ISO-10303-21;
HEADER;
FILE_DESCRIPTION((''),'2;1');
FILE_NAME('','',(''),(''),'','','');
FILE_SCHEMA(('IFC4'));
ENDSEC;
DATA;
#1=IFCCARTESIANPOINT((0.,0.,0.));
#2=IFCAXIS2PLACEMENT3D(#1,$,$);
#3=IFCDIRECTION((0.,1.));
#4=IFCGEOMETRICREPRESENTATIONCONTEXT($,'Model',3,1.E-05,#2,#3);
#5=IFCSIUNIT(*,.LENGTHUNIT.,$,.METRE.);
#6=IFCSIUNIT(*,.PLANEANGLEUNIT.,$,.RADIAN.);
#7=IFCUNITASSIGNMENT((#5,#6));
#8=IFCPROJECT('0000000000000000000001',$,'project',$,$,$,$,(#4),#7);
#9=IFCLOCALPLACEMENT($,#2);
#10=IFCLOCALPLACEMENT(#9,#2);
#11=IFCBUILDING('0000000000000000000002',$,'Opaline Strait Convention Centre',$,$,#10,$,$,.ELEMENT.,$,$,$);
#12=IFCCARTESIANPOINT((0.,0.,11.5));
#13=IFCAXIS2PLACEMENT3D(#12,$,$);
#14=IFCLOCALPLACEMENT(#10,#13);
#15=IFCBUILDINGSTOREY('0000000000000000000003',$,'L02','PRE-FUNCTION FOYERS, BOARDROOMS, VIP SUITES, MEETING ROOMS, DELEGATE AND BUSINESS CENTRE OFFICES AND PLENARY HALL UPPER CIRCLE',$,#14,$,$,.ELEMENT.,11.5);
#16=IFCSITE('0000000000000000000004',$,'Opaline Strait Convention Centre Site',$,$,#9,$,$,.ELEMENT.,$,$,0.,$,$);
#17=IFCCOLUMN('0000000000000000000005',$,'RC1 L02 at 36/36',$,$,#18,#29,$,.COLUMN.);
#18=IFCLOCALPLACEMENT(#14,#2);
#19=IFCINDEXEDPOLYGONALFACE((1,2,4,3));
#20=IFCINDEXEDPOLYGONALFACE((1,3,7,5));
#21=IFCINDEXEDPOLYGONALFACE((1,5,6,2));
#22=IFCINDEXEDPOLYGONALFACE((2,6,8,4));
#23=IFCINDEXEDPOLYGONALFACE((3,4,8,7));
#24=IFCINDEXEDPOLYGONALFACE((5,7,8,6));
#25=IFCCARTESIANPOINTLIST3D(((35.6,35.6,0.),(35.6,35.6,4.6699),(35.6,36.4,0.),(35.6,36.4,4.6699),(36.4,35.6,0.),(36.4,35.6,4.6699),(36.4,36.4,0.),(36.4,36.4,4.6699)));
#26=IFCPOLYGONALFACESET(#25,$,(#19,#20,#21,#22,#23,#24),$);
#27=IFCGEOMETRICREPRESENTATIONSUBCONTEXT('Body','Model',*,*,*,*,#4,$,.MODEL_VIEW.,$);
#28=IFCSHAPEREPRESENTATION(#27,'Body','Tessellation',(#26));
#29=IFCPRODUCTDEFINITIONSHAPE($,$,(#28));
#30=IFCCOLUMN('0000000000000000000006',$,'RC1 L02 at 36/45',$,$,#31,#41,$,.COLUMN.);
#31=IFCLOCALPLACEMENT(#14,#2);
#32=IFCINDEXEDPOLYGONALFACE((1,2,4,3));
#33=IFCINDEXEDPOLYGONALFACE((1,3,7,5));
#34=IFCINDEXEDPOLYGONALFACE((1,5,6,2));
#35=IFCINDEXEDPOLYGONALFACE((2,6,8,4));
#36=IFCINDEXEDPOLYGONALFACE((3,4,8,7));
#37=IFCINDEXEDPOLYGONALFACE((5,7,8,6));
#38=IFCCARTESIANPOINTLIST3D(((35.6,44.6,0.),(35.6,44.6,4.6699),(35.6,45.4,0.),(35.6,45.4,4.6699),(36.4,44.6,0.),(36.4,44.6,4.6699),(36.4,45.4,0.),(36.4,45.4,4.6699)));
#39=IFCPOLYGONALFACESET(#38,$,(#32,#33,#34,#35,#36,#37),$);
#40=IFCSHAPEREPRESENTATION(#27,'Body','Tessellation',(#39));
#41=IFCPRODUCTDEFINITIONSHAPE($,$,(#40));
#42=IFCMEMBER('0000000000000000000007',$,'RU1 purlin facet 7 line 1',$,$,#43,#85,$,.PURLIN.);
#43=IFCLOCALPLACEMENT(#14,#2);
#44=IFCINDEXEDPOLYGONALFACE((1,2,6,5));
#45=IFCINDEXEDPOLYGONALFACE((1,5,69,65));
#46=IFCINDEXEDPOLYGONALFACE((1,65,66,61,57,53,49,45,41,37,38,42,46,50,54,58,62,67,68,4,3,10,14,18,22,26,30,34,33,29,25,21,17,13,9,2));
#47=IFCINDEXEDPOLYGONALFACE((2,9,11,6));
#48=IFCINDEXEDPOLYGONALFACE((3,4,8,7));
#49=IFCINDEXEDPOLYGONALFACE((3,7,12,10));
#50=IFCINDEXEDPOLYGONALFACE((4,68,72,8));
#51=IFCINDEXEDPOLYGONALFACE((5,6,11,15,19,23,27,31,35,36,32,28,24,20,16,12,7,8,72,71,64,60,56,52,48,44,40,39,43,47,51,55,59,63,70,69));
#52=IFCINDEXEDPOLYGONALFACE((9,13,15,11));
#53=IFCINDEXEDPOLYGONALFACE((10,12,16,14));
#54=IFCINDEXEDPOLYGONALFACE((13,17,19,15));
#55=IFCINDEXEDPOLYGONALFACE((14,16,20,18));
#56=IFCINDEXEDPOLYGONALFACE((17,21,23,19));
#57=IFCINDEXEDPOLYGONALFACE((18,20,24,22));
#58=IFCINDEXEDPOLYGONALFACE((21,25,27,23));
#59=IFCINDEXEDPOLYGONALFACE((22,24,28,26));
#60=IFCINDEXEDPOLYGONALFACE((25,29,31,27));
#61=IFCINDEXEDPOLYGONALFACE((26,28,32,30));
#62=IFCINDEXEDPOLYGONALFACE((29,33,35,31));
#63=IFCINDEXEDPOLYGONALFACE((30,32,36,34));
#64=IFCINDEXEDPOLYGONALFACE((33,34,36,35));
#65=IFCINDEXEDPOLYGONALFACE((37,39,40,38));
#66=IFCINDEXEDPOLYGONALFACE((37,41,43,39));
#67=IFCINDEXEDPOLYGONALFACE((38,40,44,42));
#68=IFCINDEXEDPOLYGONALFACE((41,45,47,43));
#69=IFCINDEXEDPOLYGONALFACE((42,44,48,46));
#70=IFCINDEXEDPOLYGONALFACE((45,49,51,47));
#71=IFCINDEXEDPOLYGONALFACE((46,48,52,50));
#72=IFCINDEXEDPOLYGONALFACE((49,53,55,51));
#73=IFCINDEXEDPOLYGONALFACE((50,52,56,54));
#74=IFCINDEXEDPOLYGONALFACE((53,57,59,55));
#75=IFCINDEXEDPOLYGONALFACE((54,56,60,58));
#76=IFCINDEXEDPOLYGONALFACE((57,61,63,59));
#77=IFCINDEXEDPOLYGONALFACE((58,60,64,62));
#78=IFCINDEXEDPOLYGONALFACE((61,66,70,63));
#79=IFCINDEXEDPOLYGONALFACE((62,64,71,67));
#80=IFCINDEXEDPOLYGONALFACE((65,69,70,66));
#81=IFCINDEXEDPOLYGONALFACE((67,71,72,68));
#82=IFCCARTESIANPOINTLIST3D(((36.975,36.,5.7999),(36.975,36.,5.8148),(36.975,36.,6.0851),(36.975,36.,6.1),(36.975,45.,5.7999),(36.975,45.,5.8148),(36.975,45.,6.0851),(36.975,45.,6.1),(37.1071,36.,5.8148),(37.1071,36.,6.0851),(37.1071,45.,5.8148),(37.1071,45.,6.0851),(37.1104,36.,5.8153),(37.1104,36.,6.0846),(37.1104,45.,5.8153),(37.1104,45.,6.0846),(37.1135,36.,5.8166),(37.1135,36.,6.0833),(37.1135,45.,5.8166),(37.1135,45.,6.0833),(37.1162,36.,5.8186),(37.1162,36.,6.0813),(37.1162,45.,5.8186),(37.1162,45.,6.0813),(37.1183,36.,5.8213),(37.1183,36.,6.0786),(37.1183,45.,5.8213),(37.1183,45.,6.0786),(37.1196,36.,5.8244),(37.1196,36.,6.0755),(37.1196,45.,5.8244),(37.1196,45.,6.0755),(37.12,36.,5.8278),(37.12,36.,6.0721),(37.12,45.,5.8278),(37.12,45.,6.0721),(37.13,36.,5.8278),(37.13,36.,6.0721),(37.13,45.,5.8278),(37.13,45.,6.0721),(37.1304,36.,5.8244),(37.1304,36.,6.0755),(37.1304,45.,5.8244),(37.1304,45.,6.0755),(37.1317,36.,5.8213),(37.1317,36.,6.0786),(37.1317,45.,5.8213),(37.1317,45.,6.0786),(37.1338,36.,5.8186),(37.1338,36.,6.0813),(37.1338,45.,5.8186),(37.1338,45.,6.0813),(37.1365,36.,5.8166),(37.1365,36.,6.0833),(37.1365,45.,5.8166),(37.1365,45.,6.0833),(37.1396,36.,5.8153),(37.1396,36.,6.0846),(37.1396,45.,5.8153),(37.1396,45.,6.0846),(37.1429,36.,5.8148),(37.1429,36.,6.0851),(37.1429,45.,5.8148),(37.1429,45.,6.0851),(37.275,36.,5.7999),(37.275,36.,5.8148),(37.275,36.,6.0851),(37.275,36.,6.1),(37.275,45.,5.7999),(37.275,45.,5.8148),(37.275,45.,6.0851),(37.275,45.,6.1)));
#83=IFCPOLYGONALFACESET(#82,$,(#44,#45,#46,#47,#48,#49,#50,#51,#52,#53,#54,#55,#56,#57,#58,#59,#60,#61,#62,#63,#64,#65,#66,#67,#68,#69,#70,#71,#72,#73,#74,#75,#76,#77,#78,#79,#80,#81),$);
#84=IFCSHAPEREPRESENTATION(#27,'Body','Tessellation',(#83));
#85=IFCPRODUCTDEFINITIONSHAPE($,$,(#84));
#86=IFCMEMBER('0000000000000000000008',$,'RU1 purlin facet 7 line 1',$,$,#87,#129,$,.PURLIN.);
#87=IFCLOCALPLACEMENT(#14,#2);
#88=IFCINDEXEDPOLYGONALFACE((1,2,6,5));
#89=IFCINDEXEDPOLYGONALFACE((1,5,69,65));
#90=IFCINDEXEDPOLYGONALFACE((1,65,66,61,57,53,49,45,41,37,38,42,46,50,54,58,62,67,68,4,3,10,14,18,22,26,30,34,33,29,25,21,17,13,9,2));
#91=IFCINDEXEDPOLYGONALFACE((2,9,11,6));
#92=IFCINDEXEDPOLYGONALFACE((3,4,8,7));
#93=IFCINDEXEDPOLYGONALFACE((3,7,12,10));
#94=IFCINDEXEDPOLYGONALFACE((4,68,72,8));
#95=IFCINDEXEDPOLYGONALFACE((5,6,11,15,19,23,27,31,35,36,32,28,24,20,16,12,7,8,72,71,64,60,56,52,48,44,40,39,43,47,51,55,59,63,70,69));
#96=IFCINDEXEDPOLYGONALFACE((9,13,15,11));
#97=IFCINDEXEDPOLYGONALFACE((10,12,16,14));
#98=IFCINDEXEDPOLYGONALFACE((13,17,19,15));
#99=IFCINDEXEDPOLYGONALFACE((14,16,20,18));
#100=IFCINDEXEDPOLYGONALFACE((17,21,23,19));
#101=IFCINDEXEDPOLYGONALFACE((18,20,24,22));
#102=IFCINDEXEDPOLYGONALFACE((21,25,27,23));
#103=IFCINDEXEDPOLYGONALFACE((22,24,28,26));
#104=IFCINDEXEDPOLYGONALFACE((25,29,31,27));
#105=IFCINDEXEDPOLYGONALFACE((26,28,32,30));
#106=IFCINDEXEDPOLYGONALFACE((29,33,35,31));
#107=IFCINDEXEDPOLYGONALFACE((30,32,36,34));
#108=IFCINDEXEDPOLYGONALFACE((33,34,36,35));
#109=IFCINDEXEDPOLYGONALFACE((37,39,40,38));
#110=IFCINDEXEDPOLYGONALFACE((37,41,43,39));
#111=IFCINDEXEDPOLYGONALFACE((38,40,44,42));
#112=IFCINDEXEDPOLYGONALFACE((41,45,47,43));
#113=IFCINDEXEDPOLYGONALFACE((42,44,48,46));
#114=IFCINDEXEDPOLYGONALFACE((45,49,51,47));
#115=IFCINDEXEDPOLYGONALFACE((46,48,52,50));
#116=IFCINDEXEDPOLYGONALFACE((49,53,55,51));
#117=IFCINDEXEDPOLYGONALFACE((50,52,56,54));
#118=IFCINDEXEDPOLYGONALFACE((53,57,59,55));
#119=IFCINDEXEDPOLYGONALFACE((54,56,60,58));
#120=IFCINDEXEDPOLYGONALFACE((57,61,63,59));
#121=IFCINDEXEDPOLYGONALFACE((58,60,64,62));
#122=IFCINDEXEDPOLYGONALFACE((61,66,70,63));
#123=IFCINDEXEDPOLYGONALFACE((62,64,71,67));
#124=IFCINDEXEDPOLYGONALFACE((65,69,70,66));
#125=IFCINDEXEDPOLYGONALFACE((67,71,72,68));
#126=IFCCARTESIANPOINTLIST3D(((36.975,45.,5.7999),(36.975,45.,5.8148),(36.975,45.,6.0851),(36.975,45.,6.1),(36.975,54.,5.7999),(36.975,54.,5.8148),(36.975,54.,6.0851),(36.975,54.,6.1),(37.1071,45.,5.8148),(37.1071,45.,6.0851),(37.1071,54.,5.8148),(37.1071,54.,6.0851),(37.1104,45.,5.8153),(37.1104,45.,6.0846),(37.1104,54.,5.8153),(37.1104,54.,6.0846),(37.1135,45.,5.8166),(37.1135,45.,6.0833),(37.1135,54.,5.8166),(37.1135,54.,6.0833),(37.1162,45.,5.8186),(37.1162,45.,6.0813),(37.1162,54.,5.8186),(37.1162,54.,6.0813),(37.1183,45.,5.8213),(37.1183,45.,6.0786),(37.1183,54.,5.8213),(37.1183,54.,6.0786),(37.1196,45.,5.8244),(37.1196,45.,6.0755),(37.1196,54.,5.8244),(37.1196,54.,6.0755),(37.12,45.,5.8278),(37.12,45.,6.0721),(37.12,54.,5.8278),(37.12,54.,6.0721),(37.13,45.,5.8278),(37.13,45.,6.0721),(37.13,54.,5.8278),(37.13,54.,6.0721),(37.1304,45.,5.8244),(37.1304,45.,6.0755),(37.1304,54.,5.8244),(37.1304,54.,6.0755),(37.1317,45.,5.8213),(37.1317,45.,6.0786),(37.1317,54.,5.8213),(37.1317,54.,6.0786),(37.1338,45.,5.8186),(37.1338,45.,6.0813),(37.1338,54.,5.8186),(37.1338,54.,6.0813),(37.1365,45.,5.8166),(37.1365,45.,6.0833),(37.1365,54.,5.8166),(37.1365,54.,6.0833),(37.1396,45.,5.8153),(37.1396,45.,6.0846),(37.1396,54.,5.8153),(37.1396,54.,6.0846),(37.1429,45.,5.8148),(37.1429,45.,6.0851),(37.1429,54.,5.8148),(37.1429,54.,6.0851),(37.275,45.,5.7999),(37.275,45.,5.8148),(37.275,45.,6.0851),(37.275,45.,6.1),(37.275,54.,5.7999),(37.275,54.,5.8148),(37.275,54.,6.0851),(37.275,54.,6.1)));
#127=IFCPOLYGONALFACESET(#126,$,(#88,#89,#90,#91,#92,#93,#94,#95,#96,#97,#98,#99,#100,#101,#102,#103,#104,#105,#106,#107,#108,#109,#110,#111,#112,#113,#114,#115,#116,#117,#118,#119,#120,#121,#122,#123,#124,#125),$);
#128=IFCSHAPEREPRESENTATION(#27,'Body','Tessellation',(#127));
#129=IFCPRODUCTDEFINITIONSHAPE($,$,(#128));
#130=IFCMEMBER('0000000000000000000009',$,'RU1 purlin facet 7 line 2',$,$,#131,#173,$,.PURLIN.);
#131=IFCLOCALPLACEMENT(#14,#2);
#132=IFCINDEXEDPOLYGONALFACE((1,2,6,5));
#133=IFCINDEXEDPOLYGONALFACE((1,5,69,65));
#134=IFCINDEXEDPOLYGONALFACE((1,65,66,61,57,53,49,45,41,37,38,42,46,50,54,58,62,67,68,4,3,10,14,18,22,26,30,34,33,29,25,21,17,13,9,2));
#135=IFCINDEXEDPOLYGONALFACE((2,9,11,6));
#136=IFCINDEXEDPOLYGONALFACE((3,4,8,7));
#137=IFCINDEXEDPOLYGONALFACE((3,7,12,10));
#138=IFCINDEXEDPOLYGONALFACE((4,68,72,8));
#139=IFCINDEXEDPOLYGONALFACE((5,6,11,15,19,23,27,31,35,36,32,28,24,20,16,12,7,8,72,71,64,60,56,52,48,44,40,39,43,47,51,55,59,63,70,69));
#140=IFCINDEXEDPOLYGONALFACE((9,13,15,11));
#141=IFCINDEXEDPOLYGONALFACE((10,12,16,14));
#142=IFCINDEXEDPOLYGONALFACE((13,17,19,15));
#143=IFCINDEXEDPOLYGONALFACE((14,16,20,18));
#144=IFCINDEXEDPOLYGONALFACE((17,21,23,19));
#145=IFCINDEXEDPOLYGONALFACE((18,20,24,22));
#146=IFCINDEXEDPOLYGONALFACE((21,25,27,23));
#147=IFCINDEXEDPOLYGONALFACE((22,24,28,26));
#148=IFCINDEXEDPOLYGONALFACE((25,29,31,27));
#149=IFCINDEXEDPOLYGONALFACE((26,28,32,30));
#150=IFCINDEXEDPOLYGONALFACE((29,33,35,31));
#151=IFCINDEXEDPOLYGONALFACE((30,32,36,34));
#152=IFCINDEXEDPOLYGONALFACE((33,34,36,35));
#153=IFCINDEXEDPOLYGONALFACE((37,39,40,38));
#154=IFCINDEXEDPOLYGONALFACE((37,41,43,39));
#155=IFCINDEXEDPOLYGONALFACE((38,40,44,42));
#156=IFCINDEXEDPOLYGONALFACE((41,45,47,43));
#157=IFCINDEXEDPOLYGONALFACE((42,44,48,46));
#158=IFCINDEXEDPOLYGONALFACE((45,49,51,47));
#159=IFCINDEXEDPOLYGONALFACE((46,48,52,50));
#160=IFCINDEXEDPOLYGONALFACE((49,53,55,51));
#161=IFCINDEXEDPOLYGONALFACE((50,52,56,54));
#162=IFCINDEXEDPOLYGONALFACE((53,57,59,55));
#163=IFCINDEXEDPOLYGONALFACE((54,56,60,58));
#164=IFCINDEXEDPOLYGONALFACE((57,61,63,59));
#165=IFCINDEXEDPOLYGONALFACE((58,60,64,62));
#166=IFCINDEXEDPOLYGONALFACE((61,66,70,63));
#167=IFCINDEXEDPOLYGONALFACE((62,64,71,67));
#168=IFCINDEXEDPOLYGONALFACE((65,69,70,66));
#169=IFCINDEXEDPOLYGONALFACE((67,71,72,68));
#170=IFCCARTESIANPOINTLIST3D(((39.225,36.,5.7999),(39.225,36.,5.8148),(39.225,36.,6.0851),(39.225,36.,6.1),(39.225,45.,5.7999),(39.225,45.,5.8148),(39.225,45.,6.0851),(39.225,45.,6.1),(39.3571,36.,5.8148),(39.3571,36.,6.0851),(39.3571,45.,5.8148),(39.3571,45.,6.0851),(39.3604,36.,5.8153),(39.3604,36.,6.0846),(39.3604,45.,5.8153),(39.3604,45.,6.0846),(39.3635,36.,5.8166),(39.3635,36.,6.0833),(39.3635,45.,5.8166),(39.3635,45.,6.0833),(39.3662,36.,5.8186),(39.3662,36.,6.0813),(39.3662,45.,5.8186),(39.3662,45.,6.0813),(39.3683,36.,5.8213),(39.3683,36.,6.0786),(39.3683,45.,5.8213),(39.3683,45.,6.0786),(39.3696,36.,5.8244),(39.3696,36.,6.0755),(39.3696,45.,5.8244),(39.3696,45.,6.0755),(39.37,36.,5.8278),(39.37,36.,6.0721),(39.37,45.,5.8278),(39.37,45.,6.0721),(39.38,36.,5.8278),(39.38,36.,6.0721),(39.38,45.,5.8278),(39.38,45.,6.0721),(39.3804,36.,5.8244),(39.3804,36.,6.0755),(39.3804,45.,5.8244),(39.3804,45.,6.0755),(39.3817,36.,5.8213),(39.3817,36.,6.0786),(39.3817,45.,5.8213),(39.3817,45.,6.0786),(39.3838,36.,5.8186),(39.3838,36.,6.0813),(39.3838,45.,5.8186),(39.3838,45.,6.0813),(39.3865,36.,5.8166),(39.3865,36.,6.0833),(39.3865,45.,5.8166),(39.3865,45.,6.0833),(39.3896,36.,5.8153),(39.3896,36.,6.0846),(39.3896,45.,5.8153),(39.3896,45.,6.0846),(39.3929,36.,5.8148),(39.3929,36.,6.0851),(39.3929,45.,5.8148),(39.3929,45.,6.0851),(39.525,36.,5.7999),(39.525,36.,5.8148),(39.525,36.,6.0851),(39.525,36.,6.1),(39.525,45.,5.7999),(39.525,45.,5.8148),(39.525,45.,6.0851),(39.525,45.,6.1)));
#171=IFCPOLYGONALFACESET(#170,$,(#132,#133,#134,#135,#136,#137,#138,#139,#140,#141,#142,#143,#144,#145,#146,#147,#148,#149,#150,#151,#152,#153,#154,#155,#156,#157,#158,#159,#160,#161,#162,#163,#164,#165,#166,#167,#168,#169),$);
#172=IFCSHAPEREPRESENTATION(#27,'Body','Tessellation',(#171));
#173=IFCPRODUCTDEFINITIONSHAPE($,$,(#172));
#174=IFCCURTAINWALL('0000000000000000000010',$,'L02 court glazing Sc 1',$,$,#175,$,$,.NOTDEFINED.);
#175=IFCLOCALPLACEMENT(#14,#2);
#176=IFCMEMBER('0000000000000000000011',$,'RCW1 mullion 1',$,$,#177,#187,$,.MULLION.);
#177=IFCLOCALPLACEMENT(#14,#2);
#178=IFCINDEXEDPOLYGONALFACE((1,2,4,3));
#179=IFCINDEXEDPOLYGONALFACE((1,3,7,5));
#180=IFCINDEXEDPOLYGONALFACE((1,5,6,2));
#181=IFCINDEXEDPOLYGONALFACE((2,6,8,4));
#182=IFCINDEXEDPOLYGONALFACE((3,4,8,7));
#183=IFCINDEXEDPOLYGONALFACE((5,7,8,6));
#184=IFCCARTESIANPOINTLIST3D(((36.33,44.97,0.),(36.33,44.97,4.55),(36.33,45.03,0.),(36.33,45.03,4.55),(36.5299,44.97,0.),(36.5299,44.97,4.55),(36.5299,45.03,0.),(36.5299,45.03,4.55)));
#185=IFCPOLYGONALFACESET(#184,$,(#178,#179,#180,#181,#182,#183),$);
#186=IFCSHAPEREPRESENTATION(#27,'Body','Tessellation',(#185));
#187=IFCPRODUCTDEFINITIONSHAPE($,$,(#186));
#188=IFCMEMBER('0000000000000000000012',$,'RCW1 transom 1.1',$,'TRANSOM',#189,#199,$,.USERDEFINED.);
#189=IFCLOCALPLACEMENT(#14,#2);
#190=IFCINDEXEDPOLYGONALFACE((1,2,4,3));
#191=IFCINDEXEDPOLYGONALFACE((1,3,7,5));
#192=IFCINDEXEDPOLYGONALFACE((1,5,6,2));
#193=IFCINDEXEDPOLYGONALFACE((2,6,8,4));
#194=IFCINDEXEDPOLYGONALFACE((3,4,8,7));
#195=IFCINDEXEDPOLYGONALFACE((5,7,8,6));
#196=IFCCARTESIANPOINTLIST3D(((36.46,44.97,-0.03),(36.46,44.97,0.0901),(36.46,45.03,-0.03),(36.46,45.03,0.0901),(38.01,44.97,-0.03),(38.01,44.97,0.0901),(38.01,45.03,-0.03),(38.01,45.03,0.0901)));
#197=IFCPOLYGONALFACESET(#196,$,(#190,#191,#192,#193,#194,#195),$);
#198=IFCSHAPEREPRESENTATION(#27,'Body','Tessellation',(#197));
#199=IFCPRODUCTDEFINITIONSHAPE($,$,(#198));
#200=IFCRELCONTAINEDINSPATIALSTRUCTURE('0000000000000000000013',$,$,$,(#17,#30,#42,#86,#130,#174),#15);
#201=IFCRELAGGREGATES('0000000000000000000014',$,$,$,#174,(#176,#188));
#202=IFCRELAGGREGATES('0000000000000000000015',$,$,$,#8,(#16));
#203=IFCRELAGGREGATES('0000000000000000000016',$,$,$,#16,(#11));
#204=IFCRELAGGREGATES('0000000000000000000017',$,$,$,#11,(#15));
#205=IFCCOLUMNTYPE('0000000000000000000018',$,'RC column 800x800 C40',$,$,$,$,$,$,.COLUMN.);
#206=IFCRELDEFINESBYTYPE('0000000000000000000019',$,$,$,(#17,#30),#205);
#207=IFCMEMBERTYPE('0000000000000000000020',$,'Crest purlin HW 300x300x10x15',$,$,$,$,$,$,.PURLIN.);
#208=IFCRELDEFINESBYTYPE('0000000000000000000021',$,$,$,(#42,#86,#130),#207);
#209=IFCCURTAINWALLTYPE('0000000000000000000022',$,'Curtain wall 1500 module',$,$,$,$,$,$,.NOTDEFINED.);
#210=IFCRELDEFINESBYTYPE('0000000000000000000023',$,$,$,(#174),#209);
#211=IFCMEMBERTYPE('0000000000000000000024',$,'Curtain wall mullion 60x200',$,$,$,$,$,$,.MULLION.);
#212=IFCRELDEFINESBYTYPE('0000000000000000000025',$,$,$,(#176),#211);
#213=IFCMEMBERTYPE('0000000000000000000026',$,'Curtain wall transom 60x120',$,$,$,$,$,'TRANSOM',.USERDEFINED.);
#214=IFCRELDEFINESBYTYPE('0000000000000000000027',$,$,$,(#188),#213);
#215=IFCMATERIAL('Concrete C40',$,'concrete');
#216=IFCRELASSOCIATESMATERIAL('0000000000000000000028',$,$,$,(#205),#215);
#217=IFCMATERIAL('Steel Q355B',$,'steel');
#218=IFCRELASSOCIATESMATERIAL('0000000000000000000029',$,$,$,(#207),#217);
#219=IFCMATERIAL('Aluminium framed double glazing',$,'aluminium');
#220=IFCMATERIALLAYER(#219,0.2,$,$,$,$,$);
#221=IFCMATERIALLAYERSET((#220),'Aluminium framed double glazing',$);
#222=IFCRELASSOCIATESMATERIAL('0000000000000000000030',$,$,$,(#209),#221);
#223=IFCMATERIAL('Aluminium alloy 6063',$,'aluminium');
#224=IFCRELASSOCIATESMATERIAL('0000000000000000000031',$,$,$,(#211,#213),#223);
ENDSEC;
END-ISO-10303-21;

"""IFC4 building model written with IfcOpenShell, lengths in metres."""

from ifc_helpers import new_model, si_unit, direction, frame, origin, origin_2d, place, context, subcontext, project, spatial, rectangle, i_section, extrude, material, layer, layer_set, material_profile, profile_set, type_object, element, aggregate, save


model = new_model("IFC4")

# Units and contexts
model_context = context("Model", 3, precision=1e-05, world=origin(), true_north=direction((0.0, 1.0)))
body_context = subcontext(model_context, "Body", "Model", "MODEL_VIEW")
ifc_project = project(units=[si_unit("LENGTHUNIT", "METRE"), si_unit("PLANEANGLEUNIT", "RADIAN")], contexts=[model_context])

# Site, building, storey
site_placement = place(None, origin())
site = spatial("IfcSite", under=ifc_project, at=site_placement, Name="Opaline Strait Convention Centre Site", CompositionType="ELEMENT", RefElevation=0.0)
building_placement = place(site_placement, origin())
building = spatial("IfcBuilding", under=site, at=building_placement, Name="Opaline Strait Convention Centre", CompositionType="ELEMENT")
storey_placement = place(building_placement, frame((0.0, 0.0, 11.5)))
storey = spatial("IfcBuildingStorey", under=building, at=storey_placement, Name="L02", Description="PRE-FUNCTION FOYERS, BOARDROOMS, VIP SUITES, MEETING ROOMS, DELEGATE AND BUSINESS CENTRE OFFICES AND PLENARY HALL UPPER CIRCLE", CompositionType="ELEMENT", Elevation=11.5)

# Columns
ifc_material_1 = material(Name="Concrete C40", Category="concrete")
ifc_material_profile_1 = material_profile(ifc_material_1, rectangle(XDim=0.8, YDim=0.8, at=origin_2d()), Name="RC 800x800")
ifc_profile_set_1 = profile_set([ifc_material_profile_1], Name="Concrete C40")
column_type = type_object("IfcColumnType", Name="RC column 800x800 C40", PredefinedType="COLUMN", material=ifc_profile_set_1)
for number, where, z_axis, x_axis, name in (
    (1, (36.0, 36.0, 0.0), (0.0, 0.0, 1.0), (1.0, 0.0, 0.0), "RC1 L02 at 36/36"),
    (2, (36.0, 45.0, 0.0), (0.0, 0.0, 1.0), (1.0, 0.0, 0.0), "RC1 L02 at 36/45"),
):
    element("IfcColumn", number, at=place(storey_placement, frame(where, z_axis=z_axis, x_axis=x_axis)), inside=storey, type_object=column_type, Name=name, PredefinedType="COLUMN", context=body_context, shape_type="SweptSolid", body=[
        extrude(rectangle(XDim=0.8, YDim=0.8, at=origin_2d()), origin(), (0.0, 0.0, 1.0), 4.6699),
    ])

# Members
ifc_material_2 = material(Name="Steel Q355B", Category="steel")
ifc_material_profile_2 = material_profile(ifc_material_2, i_section(OverallWidth=0.3, OverallDepth=0.3, WebThickness=0.01, FlangeThickness=0.0149, FilletRadius=0.0129, at=origin_2d()), Name="HW 300x300x10x15")
ifc_profile_set_2 = profile_set([ifc_material_profile_2], Name="Steel Q355B")
member_type_1 = type_object("IfcMemberType", Name="Crest purlin HW 300x300x10x15", PredefinedType="PURLIN", material=ifc_profile_set_2)
for number, where, z_axis, x_axis, name in (
    (3, (37.125, 36.0, 5.95), (0.0, 1.0, 0.0), (-1.0, 0.0, 0.0), "RU1 purlin facet 7 line 1"),
    (4, (37.125, 45.0, 5.95), (0.0, 1.0, 0.0), (-1.0, 0.0, 0.0), "RU1 purlin facet 7 line 1"),
    (5, (39.375, 36.0, 5.95), (0.0, 1.0, 0.0), (-1.0, 0.0, 0.0), "RU1 purlin facet 7 line 2"),
):
    element("IfcMember", number, at=place(storey_placement, frame(where, z_axis=z_axis, x_axis=x_axis)), inside=storey, type_object=member_type_1, Name=name, PredefinedType="PURLIN", context=body_context, shape_type="SweptSolid", body=[
        extrude(i_section(OverallWidth=0.3, OverallDepth=0.3, WebThickness=0.01, FlangeThickness=0.0149, FilletRadius=0.0129, at=origin_2d()), origin(), (0.0, 0.0, 1.0), 9.0),
    ])

# Curtain wall, members
ifc_material_3 = material(Name="Aluminium framed double glazing", Category="aluminium")
ifc_layer_1 = layer(ifc_material_3, 0.2)
ifc_layer_set_1 = layer_set([ifc_layer_1], Name="Aluminium framed double glazing")
curtain_wall_type = type_object("IfcCurtainWallType", Name="Curtain wall 1500 module", PredefinedType="NOTDEFINED", material=ifc_layer_set_1)
curtain_wall_placement = place(storey_placement, origin())
curtain_wall = element("IfcCurtainWall", 6, at=curtain_wall_placement, inside=storey, type_object=curtain_wall_type, Name="L02 court glazing Sc 1", PredefinedType="NOTDEFINED")
ifc_material_4 = material(Name="Aluminium alloy 6063", Category="aluminium")
ifc_material_profile_3 = material_profile(ifc_material_4, rectangle(XDim=0.0601, YDim=0.2, at=origin_2d()), Name="Curtain wall mullion 60x200")
ifc_profile_set_3 = profile_set([ifc_material_profile_3], Name="Aluminium alloy 6063")
member_type_2 = type_object("IfcMemberType", Name="Curtain wall mullion 60x200", PredefinedType="MULLION", material=ifc_profile_set_3)
member_1_placement = place(storey_placement, frame((36.4299, 45.0, 0.0), z_axis=(0.0, 0.0, 1.0), x_axis=(0.0, 1.0, 0.0)))
member_1 = element("IfcMember", 7, at=member_1_placement, type_object=member_type_2, Name="RCW1 mullion 1", PredefinedType="MULLION", context=body_context, shape_type="SweptSolid", body=[
    extrude(rectangle(XDim=0.0601, YDim=0.2, at=origin_2d()), origin(), (0.0, 0.0, 1.0), 4.55),
])
ifc_material_profile_4 = material_profile(ifc_material_4, rectangle(XDim=0.0601, YDim=0.1201, at=origin_2d()), Name="Curtain wall transom 60x120")
ifc_profile_set_4 = profile_set([ifc_material_profile_4], Name="Aluminium alloy 6063")
member_type_3 = type_object("IfcMemberType", Name="Curtain wall transom 60x120", ElementType="TRANSOM", PredefinedType="USERDEFINED", material=ifc_profile_set_4)
member_2_placement = place(storey_placement, frame((36.46, 45.0, 0.03), z_axis=(1.0, 0.0, 0.0), x_axis=(0.0, 1.0, 0.0)))
member_2 = element("IfcMember", 8, at=member_2_placement, type_object=member_type_3, Name="RCW1 transom 1.1", ObjectType="TRANSOM", PredefinedType="USERDEFINED", context=body_context, shape_type="SweptSolid", body=[
    extrude(rectangle(XDim=0.0601, YDim=0.1201, at=origin_2d()), origin(), (0.0, 0.0, 1.0), 1.55),
])
aggregate(curtain_wall, [member_1, member_2])

save(model, "model.ifc")
